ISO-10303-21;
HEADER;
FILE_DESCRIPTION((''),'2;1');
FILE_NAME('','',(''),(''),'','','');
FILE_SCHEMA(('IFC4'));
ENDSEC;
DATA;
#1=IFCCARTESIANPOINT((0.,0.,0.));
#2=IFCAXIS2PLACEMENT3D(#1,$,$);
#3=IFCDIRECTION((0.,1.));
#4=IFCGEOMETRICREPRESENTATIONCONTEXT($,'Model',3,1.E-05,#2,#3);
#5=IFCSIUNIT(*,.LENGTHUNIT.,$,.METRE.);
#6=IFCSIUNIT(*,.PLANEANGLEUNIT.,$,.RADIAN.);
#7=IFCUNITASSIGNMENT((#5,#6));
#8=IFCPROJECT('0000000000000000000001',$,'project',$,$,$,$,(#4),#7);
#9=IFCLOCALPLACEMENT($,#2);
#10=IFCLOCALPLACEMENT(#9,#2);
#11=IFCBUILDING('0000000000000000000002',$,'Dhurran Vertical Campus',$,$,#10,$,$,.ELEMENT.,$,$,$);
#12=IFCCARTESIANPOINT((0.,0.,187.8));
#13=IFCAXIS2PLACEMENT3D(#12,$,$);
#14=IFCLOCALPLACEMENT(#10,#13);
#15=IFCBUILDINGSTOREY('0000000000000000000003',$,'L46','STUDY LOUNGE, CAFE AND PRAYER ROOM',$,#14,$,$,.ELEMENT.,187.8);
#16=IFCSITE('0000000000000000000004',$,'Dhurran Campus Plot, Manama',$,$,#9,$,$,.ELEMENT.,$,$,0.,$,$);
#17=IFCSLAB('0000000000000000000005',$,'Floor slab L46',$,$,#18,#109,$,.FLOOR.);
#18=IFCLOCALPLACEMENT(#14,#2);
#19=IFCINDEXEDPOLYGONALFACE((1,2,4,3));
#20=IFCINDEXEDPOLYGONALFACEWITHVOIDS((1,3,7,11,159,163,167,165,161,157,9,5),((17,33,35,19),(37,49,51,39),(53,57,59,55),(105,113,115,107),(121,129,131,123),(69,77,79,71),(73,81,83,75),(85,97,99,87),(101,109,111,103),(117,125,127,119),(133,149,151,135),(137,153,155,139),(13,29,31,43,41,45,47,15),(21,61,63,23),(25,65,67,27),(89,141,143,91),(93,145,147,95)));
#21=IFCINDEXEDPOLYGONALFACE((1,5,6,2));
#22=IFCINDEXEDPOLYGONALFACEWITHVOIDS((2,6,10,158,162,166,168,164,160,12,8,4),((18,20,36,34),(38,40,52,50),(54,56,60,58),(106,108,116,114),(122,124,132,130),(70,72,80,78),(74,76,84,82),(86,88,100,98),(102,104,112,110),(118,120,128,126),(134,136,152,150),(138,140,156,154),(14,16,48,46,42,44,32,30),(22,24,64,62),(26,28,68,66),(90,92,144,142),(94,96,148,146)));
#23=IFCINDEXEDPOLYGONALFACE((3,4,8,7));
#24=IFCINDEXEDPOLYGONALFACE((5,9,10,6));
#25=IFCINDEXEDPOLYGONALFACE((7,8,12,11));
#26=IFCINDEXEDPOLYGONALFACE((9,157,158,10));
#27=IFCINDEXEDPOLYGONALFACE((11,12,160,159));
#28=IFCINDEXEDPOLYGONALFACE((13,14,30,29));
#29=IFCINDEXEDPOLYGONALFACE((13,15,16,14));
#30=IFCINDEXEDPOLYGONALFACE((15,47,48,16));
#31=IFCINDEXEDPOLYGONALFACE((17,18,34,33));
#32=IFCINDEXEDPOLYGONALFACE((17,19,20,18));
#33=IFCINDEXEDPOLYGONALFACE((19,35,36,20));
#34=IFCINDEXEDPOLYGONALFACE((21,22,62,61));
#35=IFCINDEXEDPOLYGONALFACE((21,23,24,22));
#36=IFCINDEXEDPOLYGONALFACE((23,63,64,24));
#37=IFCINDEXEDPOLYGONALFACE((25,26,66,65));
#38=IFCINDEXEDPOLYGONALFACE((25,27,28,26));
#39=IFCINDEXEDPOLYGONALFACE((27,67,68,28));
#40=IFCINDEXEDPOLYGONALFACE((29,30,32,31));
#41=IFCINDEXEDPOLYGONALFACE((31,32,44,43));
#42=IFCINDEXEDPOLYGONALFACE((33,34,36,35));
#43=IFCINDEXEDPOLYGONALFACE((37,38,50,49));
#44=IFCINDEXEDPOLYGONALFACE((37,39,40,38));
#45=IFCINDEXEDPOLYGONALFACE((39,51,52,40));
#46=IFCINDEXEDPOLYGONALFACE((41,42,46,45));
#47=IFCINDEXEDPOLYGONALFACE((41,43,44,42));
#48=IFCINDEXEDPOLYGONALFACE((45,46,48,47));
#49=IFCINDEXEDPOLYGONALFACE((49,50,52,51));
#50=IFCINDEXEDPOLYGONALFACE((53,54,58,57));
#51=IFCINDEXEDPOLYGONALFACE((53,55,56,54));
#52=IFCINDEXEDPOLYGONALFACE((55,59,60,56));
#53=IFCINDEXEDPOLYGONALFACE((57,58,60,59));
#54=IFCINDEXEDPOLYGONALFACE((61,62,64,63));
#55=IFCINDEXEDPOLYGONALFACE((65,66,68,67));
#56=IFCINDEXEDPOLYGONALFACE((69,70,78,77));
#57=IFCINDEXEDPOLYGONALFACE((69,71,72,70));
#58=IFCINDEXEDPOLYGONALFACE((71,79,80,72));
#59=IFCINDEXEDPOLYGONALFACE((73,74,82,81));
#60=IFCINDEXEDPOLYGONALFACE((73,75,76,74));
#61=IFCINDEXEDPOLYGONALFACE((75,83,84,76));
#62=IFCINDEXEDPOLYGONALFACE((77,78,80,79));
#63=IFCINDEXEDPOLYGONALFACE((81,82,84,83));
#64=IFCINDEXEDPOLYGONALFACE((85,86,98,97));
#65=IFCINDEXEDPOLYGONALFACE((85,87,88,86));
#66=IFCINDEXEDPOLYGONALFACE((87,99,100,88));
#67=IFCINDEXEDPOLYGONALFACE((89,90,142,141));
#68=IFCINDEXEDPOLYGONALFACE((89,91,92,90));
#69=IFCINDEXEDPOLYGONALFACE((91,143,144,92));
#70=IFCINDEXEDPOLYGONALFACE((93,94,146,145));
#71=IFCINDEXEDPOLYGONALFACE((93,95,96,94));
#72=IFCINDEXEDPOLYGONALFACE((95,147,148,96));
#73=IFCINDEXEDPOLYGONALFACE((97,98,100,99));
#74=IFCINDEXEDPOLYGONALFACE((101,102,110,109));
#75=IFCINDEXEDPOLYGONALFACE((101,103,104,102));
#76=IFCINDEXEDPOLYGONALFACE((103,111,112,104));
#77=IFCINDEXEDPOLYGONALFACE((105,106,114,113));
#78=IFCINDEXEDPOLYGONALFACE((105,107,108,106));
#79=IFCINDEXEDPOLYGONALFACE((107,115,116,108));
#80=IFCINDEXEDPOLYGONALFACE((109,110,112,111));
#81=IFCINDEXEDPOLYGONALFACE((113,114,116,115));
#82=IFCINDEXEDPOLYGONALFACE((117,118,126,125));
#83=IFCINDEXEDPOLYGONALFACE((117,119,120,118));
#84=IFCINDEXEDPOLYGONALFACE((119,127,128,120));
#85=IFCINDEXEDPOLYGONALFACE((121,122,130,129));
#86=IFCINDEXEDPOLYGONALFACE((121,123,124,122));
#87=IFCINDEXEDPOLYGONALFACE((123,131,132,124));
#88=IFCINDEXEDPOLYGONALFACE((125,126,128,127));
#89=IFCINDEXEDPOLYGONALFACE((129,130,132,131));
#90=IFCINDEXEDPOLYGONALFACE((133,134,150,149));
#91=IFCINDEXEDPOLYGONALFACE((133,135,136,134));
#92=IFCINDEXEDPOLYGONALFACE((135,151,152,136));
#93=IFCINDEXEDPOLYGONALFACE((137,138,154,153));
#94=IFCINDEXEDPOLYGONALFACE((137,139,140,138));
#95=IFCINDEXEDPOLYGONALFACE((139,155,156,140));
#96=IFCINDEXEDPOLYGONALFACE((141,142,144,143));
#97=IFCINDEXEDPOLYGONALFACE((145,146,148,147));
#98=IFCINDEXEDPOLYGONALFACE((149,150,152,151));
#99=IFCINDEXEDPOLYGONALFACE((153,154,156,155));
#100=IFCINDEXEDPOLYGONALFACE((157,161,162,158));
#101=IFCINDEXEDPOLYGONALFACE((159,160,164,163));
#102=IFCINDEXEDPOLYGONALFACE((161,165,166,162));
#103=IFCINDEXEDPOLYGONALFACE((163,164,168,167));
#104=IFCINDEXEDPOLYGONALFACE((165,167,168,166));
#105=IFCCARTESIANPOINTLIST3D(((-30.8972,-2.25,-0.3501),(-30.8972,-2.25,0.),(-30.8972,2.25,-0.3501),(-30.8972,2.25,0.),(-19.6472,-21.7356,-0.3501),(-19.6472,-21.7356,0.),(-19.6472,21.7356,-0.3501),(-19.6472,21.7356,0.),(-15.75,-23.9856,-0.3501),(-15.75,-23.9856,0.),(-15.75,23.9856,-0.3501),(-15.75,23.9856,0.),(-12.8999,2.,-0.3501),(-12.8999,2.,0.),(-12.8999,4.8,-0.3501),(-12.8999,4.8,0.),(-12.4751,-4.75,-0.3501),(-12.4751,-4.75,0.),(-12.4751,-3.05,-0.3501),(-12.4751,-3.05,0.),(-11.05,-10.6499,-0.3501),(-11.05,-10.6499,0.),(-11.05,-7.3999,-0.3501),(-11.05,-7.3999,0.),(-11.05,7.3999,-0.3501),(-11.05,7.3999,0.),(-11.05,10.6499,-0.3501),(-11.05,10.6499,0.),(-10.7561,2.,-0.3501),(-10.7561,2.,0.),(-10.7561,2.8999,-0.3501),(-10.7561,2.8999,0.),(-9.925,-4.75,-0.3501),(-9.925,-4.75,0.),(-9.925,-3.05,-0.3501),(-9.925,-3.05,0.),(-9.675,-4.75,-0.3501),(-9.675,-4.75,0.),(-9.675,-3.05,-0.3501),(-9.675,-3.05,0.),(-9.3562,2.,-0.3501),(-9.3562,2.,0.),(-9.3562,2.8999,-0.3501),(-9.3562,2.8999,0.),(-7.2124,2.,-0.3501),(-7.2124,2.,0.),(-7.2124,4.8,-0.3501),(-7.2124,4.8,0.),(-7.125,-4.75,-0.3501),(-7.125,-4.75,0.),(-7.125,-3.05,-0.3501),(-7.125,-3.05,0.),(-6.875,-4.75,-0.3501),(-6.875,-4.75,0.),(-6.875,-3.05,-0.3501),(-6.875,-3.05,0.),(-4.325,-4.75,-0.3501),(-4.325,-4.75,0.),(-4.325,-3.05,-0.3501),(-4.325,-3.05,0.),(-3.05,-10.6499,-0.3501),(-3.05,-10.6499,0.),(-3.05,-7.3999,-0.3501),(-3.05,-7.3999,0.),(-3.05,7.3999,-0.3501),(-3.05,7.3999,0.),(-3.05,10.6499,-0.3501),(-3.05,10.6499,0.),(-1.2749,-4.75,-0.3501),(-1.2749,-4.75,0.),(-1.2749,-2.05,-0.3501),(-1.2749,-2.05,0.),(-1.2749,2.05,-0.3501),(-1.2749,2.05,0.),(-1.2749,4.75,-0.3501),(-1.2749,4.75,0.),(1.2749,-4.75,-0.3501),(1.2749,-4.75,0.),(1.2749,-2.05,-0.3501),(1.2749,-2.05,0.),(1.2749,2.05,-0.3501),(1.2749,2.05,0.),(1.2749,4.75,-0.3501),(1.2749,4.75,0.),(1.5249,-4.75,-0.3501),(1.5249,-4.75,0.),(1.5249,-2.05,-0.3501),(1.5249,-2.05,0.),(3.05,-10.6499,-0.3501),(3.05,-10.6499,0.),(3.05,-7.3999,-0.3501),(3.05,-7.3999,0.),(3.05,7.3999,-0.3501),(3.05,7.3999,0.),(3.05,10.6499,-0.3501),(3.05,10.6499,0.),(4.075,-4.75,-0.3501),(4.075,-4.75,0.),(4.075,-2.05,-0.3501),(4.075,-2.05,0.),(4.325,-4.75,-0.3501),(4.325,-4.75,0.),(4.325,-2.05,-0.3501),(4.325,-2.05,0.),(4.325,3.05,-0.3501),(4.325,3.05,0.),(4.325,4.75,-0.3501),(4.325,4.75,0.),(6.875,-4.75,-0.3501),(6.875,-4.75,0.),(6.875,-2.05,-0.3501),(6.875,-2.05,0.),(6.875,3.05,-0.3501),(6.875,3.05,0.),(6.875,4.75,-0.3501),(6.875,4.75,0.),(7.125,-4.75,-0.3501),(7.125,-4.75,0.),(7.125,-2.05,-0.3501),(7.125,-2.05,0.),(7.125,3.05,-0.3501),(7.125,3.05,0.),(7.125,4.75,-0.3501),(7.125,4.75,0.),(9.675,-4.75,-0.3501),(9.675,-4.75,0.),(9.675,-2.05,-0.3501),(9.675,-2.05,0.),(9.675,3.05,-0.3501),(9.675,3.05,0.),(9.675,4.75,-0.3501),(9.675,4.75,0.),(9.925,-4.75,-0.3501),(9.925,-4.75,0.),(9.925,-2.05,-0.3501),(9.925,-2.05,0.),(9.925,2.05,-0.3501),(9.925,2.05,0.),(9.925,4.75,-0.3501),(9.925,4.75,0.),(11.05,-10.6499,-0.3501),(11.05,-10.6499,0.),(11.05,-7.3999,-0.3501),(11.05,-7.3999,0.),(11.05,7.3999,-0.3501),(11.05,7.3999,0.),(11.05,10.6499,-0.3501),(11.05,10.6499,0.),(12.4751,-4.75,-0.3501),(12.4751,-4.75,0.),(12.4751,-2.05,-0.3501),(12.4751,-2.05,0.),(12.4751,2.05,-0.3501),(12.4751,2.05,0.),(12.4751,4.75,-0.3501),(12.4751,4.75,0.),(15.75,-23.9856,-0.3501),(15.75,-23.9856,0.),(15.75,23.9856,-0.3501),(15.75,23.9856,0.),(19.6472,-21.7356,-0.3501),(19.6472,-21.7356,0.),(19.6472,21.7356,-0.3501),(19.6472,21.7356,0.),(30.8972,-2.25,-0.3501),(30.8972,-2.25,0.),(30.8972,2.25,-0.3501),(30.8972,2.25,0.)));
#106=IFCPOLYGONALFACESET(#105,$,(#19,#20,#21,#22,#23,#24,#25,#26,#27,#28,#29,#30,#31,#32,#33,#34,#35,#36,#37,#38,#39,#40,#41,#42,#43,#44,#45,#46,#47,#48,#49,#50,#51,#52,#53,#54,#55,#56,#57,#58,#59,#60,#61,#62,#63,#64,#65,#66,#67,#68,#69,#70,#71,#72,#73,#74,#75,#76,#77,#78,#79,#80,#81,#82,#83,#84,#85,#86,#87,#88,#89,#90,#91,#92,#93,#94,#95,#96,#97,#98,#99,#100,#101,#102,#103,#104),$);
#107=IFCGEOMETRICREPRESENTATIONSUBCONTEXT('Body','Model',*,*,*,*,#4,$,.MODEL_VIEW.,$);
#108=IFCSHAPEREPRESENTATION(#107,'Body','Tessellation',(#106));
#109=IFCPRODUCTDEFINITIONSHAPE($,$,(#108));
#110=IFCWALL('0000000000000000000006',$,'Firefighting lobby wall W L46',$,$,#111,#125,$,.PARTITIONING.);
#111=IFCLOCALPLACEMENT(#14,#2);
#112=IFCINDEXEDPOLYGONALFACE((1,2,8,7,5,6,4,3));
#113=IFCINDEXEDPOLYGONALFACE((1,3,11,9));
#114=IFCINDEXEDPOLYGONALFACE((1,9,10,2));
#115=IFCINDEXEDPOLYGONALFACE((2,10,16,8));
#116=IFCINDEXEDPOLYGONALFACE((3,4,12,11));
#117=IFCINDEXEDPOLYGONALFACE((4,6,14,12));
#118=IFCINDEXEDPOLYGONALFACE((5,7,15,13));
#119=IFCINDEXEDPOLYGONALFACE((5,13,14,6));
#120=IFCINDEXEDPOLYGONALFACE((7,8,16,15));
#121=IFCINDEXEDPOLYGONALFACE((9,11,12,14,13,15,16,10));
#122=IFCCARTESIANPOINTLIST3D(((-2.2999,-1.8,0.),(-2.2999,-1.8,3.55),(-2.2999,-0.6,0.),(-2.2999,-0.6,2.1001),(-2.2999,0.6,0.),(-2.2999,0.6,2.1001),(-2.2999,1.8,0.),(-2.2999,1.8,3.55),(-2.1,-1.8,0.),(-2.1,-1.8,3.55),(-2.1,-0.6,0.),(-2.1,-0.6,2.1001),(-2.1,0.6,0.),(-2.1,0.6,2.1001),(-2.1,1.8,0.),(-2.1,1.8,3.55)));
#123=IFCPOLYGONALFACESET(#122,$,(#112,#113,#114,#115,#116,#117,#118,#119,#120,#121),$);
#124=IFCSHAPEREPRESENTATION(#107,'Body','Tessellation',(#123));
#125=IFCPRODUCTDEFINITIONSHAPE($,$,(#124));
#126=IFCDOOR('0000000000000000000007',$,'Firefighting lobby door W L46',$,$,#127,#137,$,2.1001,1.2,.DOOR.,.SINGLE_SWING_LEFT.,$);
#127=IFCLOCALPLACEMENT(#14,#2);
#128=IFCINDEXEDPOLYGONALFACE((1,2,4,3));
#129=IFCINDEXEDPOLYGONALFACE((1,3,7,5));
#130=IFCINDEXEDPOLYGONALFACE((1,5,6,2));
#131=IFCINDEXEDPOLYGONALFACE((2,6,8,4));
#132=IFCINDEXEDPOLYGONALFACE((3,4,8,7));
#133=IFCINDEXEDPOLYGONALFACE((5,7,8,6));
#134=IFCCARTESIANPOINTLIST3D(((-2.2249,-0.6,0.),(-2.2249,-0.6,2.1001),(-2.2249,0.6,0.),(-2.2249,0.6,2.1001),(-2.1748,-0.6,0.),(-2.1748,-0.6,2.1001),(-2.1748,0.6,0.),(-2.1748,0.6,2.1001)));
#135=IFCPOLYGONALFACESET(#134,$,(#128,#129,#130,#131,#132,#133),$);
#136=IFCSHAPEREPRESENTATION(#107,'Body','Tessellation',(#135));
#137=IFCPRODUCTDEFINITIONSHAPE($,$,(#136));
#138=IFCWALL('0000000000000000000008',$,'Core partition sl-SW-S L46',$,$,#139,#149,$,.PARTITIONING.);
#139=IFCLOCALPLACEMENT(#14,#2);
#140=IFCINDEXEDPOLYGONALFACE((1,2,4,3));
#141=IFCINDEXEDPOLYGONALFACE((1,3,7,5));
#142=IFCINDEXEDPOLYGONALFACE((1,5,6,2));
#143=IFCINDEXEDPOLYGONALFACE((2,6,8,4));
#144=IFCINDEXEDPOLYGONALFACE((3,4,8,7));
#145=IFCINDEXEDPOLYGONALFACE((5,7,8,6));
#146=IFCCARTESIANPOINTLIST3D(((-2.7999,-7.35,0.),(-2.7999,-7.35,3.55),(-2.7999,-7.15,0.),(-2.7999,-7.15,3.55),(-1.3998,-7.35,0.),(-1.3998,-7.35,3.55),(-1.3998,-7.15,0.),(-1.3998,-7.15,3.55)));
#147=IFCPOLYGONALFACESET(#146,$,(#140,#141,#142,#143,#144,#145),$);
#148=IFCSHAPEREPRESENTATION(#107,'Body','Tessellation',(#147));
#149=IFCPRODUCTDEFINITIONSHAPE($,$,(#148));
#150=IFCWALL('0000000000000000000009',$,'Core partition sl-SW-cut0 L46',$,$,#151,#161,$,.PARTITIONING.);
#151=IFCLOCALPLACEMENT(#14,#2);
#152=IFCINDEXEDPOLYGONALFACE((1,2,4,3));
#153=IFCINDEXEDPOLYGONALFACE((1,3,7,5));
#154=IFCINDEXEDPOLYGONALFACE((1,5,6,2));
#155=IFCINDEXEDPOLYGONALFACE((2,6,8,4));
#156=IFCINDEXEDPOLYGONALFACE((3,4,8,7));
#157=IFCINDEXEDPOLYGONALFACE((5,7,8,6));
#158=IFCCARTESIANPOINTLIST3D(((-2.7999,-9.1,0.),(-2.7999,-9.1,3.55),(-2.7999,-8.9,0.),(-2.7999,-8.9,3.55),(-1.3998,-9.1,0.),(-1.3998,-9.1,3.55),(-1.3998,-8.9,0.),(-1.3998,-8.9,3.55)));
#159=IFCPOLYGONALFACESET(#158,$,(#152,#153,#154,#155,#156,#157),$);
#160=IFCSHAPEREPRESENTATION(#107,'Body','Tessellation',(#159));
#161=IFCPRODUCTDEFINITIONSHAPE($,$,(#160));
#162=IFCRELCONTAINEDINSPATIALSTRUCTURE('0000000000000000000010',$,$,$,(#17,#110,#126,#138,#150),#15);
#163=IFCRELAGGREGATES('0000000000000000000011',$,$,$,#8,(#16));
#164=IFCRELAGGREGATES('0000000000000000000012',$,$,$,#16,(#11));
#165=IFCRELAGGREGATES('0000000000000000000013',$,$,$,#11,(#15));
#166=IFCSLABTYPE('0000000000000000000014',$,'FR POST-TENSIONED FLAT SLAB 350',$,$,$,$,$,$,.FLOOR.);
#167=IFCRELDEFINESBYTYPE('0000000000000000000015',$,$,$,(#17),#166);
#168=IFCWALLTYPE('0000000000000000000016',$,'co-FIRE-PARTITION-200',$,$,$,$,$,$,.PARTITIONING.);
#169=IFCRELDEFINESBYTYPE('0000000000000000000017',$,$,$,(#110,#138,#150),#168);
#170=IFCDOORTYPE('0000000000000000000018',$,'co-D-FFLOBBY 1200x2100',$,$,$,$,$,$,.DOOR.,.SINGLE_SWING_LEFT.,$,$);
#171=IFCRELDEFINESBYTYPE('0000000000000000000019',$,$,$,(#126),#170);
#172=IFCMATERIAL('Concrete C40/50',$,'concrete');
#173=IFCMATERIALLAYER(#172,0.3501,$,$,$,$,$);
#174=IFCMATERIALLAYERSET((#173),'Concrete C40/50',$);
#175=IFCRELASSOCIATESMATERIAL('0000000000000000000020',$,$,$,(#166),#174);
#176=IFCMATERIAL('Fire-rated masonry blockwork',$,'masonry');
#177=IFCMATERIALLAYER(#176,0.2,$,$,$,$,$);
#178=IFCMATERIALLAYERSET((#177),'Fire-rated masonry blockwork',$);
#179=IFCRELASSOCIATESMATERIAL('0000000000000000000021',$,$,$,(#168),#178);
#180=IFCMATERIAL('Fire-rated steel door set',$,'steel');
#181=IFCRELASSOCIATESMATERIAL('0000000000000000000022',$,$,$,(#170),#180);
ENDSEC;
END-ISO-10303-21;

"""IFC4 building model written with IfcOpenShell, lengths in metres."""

from ifc_helpers import new_model, si_unit, direction, frame, frame_2d, origin, place, context, subcontext, project, spatial, polyline, rectangle, outline, extrude, material, layer, layer_set, type_object, element, fill, save


model = new_model("IFC4")

# Units and contexts
model_context = context("Model", 3, precision=1e-05, world=origin(), true_north=direction((0.0, 1.0)))
body_context = subcontext(model_context, "Body", "Model", "MODEL_VIEW")
ifc_project = project(units=[si_unit("LENGTHUNIT", "METRE"), si_unit("PLANEANGLEUNIT", "RADIAN")], contexts=[model_context])

# Site, building, storey
site_placement = place(None, origin())
site = spatial("IfcSite", under=ifc_project, at=site_placement, Name="Dhurran Campus Plot, Manama", CompositionType="ELEMENT", RefElevation=0.0)
building_placement = place(site_placement, origin())
building = spatial("IfcBuilding", under=site, at=building_placement, Name="Dhurran Vertical Campus", CompositionType="ELEMENT")
storey_placement = place(building_placement, frame((0.0, 0.0, 187.8)))
storey = spatial("IfcBuildingStorey", under=building, at=storey_placement, Name="L46", Description="STUDY LOUNGE, CAFE AND PRAYER ROOM", CompositionType="ELEMENT", Elevation=187.8)

# Slab
ifc_material_1 = material(Name="Concrete C40/50", Category="concrete")
ifc_layer_1 = layer(ifc_material_1, 0.3501)
ifc_layer_set_1 = layer_set([ifc_layer_1], Name="Concrete C40/50")
slab_type = type_object("IfcSlabType", Name="FR POST-TENSIONED FLAT SLAB 350", PredefinedType="FLOOR", material=ifc_layer_set_1)
slab_placement = place(storey_placement, frame((0.0, 0.0, -0.3501)))
element("IfcSlab", 1, at=slab_placement, inside=storey, type_object=slab_type, Name="Floor slab L46", PredefinedType="FLOOR", context=body_context, shape_type="SweptSolid", body=[
    extrude(outline(polyline([(-15.75, -23.9856), (15.75, -23.9856), (19.6472, -21.7356), (30.8972, -2.25), (30.8972, 2.25), (19.6472, 21.7356), (15.75, 23.9856), (-15.75, 23.9856), (-19.6472, 21.7356), (-30.8972, 2.25), (-30.8972, -2.25), (-19.6472, -21.7356), (-15.75, -23.9856)]), holes=[polyline([(-1.2749, 2.05), (1.2749, 2.05), (1.2749, 4.75), (-1.2749, 4.75), (-1.2749, 2.05)]), polyline([(9.925, 2.05), (12.4751, 2.05), (12.4751, 4.75), (9.925, 4.75), (9.925, 2.05)]), polyline([(-1.2749, -4.75), (1.2749, -4.75), (1.2749, -2.05), (-1.2749, -2.05), (-1.2749, -4.75)]), polyline([(1.5249, -4.75), (4.075, -4.75), (4.075, -2.05), (1.5249, -2.05), (1.5249, -4.75)]), polyline([(4.325, -4.75), (6.875, -4.75), (6.875, -2.05), (4.325, -2.05), (4.325, -4.75)]), polyline([(7.125, -4.75), (9.675, -4.75), (9.675, -2.05), (7.125, -2.05), (7.125, -4.75)]), polyline([(9.925, -4.75), (12.4751, -4.75), (12.4751, -2.05), (9.925, -2.05), (9.925, -4.75)]), polyline([(4.325, 3.05), (6.875, 3.05), (6.875, 4.75), (4.325, 4.75), (4.325, 3.05)]), polyline([(7.125, 3.05), (9.675, 3.05), (9.675, 4.75), (7.125, 4.75), (7.125, 3.05)]), polyline([(-12.4751, -4.75), (-9.925, -4.75), (-9.925, -3.05), (-12.4751, -3.05), (-12.4751, -4.75)]), polyline([(-9.675, -4.75), (-7.125, -4.75), (-7.125, -3.05), (-9.675, -3.05), (-9.675, -4.75)]), polyline([(-6.875, -4.75), (-4.325, -4.75), (-4.325, -3.05), (-6.875, -3.05), (-6.875, -4.75)]), polyline([(-11.05, 7.3999), (-3.05, 7.3999), (-3.05, 10.6499), (-11.05, 10.6499), (-11.05, 7.3999)]), polyline([(3.05, 7.3999), (11.05, 7.3999), (11.05, 10.6499), (3.05, 10.6499), (3.05, 7.3999)]), polyline([(-11.05, -10.6499), (-3.05, -10.6499), (-3.05, -7.3999), (-11.05, -7.3999), (-11.05, -10.6499)]), polyline([(3.05, -10.6499), (11.05, -10.6499), (11.05, -7.3999), (3.05, -7.3999), (3.05, -10.6499)]), polyline([(-7.2124, 4.8), (-7.2124, 2.0), (-9.3562, 2.0), (-9.3562, 2.8999), (-10.7561, 2.8999), (-10.7561, 2.0), (-12.8999, 2.0), (-12.8999, 4.8), (-7.2124, 4.8)])]), origin(), (0.0, 0.0, 1.0), 0.3501),
])

# Wall, opening, door
ifc_material_2 = material(Name="Fire-rated masonry blockwork", Category="masonry")
ifc_layer_2 = layer(ifc_material_2, 0.2)
ifc_layer_set_2 = layer_set([ifc_layer_2], Name="Fire-rated masonry blockwork")
wall_type_1 = type_object("IfcWallType", Name="co-FIRE-PARTITION-200", PredefinedType="PARTITIONING", material=ifc_layer_set_2)
wall_1_placement = place(storey_placement, frame((-2.2, -1.8, 0.0), z_axis=(0.0, 0.0, 1.0), x_axis=(0.0, 1.0, 0.0)))
wall_1 = element("IfcWall", 2, at=wall_1_placement, inside=storey, type_object=wall_type_1, Name="Firefighting lobby wall W L46", PredefinedType="PARTITIONING", context=body_context, shape_type="SweptSolid", body=[
    extrude(rectangle(XDim=3.6001, YDim=0.2, at=frame_2d((1.8, 0.0))), origin(), (0.0, 0.0, 1.0), 3.55),
])
opening_1_placement = place(wall_1_placement, frame((1.2, 0.0, 0.0)))
opening_1 = element("IfcOpeningElement", 3, at=opening_1_placement, cuts=wall_1, PredefinedType="OPENING", context=body_context, shape_type="SweptSolid", body=[
    extrude(rectangle(XDim=1.2, YDim=2.1001, at=frame_2d((0.6001, 1.05))), frame((0.0, 0.1099, 0.0), z_axis=(0.0, -1.0, 0.0), x_axis=(1.0, 0.0, 0.0)), (0.0, 0.0, 1.0), 0.22),
])
ifc_material_3 = material(Name="Fire-rated steel door set", Category="steel")
door_type_1 = type_object("IfcDoorType", Name="co-D-FFLOBBY 1200x2100", OperationType="SINGLE_SWING_LEFT", PredefinedType="DOOR", material=ifc_material_3)
door_1_placement = place(opening_1_placement, origin())
door_1 = element("IfcDoor", 4, at=door_1_placement, inside=storey, type_object=door_type_1, Name="Firefighting lobby door W L46", OperationType="SINGLE_SWING_LEFT", OverallHeight=2.1001, OverallWidth=1.2, PredefinedType="DOOR", context=body_context, shape_type="SweptSolid", body=[
    extrude(rectangle(XDim=1.2, YDim=2.1001, at=frame_2d((0.6001, 1.05))), frame((0.0, 0.0249, 0.0), z_axis=(0.0, -1.0, 0.0), x_axis=(1.0, 0.0, 0.0)), (0.0, 0.0, 1.0), 0.05),
])
fill(opening_1, door_1)

# Walls
for number, where, z_axis, x_axis, name in (
    (5, (-2.8, -7.25, 0.0), (0.0, 0.0, 1.0), (1.0, 0.0, 0.0), "Core partition sl-SW-S L46"),
    (6, (-2.8, -9.0, 0.0), (0.0, 0.0, 1.0), (1.0, 0.0, 0.0), "Core partition sl-SW-cut0 L46"),
):
    element("IfcWall", number, at=place(storey_placement, frame(where, z_axis=z_axis, x_axis=x_axis)), inside=storey, type_object=wall_type_1, Name=name, PredefinedType="PARTITIONING", context=body_context, shape_type="SweptSolid", body=[
        extrude(rectangle(XDim=1.4001, YDim=0.2, at=frame_2d((0.7002, 0.0))), origin(), (0.0, 0.0, 1.0), 3.55),
    ])

save(model, "model.ifc")
